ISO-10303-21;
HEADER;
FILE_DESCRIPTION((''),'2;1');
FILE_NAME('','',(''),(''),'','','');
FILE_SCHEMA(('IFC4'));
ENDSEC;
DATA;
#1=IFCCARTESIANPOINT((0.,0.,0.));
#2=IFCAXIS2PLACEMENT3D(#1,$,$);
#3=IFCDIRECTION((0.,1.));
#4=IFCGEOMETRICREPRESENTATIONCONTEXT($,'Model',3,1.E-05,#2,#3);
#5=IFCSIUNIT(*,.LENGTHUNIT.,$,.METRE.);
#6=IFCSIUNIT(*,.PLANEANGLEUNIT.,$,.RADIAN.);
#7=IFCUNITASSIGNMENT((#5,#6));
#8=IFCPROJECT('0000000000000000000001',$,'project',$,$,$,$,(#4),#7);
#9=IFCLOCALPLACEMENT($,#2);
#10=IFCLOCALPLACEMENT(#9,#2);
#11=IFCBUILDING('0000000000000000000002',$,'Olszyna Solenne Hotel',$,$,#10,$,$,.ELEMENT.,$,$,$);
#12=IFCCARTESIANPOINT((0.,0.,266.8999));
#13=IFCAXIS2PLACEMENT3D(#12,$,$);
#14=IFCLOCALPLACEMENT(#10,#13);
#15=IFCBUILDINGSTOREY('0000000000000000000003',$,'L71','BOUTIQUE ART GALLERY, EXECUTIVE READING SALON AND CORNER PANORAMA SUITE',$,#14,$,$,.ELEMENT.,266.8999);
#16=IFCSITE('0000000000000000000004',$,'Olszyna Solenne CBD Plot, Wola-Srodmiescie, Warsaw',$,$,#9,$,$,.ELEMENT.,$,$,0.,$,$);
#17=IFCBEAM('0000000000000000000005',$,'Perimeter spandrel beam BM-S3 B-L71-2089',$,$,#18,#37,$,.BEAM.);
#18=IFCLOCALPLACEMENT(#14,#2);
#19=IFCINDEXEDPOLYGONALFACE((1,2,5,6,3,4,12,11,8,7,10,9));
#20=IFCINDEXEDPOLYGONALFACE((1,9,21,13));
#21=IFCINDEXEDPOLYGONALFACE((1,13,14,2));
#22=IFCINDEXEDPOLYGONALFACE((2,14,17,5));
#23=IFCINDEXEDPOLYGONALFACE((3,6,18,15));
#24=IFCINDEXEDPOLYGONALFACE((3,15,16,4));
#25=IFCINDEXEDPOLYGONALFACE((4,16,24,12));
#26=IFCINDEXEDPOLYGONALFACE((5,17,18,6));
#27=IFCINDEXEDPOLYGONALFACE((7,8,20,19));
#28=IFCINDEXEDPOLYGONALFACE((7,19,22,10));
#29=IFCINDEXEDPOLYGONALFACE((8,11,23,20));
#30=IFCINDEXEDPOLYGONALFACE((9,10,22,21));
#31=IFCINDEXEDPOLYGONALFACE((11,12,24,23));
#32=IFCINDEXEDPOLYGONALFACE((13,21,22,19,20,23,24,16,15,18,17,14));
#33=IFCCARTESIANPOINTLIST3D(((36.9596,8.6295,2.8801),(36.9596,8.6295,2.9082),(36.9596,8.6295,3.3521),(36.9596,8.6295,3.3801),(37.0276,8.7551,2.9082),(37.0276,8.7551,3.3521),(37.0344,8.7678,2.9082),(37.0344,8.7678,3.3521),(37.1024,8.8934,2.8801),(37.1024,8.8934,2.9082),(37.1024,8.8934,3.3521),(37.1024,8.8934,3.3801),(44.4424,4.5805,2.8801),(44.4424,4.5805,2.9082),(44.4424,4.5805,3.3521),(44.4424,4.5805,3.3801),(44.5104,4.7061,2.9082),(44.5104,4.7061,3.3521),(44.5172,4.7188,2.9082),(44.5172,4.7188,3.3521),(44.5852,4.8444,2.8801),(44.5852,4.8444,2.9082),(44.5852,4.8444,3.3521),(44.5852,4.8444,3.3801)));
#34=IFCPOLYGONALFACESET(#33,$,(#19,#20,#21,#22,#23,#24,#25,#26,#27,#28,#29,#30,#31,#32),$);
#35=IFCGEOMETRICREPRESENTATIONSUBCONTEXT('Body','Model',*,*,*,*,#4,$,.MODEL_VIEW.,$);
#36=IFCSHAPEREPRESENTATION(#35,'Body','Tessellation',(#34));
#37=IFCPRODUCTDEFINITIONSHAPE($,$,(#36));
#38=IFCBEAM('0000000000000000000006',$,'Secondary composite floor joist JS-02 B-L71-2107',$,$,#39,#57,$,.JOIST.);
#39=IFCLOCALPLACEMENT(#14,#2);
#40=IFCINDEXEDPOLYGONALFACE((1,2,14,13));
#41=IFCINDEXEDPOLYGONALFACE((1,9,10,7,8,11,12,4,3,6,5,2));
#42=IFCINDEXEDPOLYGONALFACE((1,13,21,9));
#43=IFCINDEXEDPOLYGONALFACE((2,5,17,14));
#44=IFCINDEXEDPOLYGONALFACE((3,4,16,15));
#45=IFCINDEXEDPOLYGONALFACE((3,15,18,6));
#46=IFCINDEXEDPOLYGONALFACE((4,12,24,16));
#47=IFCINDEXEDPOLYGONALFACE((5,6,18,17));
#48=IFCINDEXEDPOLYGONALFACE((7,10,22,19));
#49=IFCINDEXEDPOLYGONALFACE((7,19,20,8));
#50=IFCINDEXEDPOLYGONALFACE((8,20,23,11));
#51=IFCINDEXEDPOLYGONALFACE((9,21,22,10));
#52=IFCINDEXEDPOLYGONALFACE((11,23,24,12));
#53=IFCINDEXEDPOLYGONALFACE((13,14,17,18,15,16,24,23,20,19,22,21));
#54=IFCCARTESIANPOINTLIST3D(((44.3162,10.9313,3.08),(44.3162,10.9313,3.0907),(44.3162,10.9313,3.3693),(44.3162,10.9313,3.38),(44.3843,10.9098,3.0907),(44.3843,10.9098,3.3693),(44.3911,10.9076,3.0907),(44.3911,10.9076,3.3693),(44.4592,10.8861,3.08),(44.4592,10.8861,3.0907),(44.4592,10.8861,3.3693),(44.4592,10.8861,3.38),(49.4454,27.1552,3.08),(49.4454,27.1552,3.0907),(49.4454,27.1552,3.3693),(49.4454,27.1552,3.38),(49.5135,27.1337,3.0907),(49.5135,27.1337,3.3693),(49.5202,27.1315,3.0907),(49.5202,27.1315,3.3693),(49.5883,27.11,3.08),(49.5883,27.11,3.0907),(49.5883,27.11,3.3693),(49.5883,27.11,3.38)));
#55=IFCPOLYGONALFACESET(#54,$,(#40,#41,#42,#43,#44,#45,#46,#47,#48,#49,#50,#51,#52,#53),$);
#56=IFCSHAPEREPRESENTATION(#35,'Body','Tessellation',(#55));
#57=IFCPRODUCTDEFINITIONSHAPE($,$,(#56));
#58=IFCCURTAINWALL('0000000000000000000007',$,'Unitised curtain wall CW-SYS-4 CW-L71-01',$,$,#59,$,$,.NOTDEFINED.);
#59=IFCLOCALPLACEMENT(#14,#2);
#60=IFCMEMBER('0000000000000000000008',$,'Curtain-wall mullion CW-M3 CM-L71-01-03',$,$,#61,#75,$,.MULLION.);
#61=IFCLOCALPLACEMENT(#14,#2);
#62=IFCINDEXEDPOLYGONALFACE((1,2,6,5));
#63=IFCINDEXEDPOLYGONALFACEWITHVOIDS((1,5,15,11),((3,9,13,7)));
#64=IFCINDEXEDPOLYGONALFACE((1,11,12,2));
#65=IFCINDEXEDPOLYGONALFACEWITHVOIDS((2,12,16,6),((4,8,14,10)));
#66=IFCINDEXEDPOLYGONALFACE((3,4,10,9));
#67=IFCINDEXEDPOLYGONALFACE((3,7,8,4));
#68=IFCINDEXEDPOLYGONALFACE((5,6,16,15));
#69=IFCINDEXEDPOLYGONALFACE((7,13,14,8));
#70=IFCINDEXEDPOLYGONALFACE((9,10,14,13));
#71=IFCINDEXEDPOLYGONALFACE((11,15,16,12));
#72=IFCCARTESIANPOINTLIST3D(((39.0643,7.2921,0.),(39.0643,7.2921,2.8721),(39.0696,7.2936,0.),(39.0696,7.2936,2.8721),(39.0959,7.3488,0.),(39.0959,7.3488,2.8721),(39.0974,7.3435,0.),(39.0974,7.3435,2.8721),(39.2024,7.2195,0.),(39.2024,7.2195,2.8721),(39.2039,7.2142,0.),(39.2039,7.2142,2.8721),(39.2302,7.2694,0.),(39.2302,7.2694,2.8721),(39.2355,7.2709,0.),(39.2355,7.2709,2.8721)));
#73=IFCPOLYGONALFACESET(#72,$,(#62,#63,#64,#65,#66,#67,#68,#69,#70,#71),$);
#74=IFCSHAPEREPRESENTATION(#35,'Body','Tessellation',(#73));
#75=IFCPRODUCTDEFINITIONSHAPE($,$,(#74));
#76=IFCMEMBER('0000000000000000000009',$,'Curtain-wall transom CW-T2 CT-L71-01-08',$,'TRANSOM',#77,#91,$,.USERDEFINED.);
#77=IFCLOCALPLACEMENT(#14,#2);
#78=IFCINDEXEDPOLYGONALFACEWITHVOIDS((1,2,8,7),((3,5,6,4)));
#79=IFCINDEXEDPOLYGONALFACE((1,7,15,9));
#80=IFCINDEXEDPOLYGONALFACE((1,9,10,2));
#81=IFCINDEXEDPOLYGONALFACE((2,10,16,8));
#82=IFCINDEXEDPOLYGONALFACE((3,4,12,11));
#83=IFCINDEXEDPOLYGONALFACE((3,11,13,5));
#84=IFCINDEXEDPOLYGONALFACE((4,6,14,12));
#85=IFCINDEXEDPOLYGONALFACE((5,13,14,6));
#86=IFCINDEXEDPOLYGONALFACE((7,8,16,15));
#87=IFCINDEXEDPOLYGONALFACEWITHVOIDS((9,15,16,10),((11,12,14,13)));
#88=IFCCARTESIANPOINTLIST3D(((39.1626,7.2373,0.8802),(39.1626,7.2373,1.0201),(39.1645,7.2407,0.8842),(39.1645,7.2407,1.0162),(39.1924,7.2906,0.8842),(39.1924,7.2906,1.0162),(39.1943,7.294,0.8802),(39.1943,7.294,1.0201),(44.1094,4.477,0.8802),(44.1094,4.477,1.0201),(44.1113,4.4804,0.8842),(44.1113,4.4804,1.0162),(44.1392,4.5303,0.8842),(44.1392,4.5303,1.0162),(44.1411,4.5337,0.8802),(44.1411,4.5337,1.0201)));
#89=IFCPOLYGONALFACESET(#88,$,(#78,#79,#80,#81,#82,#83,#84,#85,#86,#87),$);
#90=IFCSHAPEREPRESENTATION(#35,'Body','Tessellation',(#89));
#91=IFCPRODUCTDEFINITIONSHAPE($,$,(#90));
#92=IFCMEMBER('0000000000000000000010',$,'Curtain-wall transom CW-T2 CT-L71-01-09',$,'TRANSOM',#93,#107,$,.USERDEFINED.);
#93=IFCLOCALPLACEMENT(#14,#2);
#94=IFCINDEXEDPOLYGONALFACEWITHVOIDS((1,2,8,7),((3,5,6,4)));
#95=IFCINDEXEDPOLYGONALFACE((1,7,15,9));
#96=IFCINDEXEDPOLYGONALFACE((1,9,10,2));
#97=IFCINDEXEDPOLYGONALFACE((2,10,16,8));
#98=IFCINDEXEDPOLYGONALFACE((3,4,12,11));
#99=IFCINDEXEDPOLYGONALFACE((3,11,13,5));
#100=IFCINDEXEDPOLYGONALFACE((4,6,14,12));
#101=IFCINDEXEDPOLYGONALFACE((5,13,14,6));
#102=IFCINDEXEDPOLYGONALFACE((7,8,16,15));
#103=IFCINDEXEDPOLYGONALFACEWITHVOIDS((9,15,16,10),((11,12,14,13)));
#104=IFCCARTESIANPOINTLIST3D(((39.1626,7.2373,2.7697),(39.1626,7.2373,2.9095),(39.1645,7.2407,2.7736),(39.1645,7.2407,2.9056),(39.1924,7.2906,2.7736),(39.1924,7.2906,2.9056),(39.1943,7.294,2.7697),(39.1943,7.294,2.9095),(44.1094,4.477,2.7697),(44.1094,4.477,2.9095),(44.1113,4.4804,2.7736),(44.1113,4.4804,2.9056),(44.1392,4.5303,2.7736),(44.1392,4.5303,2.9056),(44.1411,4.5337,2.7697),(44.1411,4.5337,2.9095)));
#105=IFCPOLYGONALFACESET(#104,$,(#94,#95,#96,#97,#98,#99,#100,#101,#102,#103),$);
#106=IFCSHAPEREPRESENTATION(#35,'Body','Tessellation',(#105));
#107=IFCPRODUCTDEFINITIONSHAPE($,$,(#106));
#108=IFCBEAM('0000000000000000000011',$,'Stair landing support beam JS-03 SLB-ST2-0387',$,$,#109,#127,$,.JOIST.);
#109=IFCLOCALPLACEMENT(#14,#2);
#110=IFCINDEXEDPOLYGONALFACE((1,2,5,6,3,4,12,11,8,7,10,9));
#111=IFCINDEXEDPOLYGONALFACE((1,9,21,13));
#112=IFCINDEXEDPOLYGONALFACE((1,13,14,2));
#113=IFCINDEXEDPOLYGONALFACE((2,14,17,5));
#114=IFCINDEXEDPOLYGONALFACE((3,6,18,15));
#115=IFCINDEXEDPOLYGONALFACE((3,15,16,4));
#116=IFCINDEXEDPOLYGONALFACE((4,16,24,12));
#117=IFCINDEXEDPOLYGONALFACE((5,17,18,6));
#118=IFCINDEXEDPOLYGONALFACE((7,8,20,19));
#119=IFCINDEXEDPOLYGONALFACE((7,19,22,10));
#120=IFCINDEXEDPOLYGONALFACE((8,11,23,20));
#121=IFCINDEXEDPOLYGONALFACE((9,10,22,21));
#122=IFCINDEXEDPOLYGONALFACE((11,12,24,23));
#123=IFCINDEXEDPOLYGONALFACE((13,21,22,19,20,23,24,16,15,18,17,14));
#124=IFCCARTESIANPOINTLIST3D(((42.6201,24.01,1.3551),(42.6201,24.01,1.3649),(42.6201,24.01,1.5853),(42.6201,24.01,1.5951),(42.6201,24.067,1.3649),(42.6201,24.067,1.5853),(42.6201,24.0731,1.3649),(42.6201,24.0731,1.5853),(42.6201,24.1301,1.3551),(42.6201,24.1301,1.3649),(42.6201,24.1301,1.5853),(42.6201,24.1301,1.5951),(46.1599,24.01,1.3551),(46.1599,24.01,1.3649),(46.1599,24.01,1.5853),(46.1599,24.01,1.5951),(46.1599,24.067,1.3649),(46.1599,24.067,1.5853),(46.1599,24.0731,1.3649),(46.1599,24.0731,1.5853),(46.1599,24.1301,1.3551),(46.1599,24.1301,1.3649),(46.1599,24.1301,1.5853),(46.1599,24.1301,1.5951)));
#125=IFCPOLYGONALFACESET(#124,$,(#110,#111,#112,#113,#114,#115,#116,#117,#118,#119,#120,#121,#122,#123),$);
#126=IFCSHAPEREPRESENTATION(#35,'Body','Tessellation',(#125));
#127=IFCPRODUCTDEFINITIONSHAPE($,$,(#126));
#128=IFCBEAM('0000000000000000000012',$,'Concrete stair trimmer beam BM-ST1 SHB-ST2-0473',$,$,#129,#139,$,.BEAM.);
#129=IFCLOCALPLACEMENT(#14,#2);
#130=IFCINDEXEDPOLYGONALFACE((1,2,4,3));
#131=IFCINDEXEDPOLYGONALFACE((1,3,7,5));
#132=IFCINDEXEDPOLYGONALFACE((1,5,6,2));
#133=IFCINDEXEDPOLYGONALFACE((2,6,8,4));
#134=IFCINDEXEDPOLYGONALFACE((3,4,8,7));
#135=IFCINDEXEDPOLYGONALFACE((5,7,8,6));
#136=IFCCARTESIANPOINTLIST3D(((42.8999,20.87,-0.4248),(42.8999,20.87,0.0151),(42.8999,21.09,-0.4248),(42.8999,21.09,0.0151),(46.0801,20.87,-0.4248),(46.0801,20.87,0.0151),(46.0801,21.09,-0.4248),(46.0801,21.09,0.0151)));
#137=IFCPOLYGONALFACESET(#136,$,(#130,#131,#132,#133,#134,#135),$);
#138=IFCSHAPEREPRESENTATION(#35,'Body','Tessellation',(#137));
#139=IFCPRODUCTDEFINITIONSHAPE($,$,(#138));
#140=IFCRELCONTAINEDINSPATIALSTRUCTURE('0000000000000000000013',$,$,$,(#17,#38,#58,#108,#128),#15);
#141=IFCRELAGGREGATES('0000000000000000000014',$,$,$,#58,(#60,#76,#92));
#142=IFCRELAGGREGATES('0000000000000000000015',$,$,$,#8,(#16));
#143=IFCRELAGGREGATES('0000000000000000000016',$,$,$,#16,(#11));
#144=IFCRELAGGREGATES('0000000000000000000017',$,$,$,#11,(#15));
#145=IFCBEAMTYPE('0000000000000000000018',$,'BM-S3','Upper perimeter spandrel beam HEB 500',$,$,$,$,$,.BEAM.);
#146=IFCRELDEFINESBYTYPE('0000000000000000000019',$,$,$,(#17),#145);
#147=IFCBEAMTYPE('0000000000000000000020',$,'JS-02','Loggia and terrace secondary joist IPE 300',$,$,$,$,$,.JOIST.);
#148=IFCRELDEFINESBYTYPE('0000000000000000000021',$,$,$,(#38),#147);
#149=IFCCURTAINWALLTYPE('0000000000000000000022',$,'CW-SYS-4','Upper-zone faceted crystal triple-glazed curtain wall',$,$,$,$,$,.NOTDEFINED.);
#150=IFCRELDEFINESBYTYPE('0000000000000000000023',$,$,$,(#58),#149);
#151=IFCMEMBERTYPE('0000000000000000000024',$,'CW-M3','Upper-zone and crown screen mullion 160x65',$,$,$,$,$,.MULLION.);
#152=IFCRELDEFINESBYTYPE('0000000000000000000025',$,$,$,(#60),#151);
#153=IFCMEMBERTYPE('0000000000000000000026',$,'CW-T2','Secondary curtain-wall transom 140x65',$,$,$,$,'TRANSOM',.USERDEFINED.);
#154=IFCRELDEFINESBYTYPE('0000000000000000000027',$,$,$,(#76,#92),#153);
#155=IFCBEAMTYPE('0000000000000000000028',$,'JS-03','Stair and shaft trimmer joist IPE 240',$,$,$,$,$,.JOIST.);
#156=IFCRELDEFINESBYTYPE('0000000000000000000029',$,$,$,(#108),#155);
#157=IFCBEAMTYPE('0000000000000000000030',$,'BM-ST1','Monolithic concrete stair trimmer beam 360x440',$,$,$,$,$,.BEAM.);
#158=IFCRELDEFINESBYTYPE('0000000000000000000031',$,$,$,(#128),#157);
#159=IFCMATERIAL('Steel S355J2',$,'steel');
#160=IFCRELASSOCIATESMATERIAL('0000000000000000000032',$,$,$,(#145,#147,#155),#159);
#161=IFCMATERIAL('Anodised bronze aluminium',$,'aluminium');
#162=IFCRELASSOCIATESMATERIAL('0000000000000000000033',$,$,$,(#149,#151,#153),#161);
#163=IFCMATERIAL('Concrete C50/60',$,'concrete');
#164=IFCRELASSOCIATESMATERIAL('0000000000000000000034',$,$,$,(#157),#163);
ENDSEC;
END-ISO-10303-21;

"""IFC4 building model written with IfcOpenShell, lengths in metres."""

from ifc_helpers import new_model, si_unit, direction, frame, origin, origin_2d, place, context, subcontext, project, spatial, rectangle, hollow_rectangle, i_section, extrude, source, transform, mapped, material, material_profile, profile_set, type_object, element, aggregate, save


model = new_model("IFC4")

# Units and contexts
model_context = context("Model", 3, precision=1e-05, world=origin(), true_north=direction((0.0, 1.0)))
body_context = subcontext(model_context, "Body", "Model", "MODEL_VIEW")
ifc_project = project(units=[si_unit("LENGTHUNIT", "METRE"), si_unit("PLANEANGLEUNIT", "RADIAN")], contexts=[model_context])

# Site, building, storey
site_placement = place(None, origin())
site = spatial("IfcSite", under=ifc_project, at=site_placement, Name="Olszyna Solenne CBD Plot, Wola-Srodmiescie, Warsaw", CompositionType="ELEMENT", RefElevation=0.0)
building_placement = place(site_placement, origin())
building = spatial("IfcBuilding", under=site, at=building_placement, Name="Olszyna Solenne Hotel", CompositionType="ELEMENT")
storey_placement = place(building_placement, frame((0.0, 0.0, 266.8999)))
storey = spatial("IfcBuildingStorey", under=building, at=storey_placement, Name="L71", Description="BOUTIQUE ART GALLERY, EXECUTIVE READING SALON AND CORNER PANORAMA SUITE", CompositionType="ELEMENT", Elevation=266.8999)

# Beams
ifc_material_1 = material(Name="Steel S355J2", Category="steel")
ifc_material_profile_1 = material_profile(ifc_material_1, i_section(OverallWidth=0.3, OverallDepth=0.5, WebThickness=0.0144, FlangeThickness=0.0281, at=origin_2d()), Name="HEB 500", Category="load-bearing")
ifc_profile_set_1 = profile_set([ifc_material_profile_1], Name="Steel S355J2")
beam_type_1 = type_object("IfcBeamType", Name="BM-S3", Description="Upper perimeter spandrel beam HEB 500", PredefinedType="BEAM", material=ifc_profile_set_1)
shared_shape_1 = source(origin(), body_context, "Body", "SweptSolid", [
    extrude(i_section(OverallWidth=0.3, OverallDepth=0.5, WebThickness=0.0144, FlangeThickness=0.0281, at=origin_2d()), origin(), (0.0, 0.0, 1.0), 8.5081),
])
beam_1_placement = place(storey_placement, frame((37.031, 8.7615, 3.1301), z_axis=(0.879497, -0.475904, 0.0), x_axis=(0.475904, 0.879497, 0.0)))
element("IfcBeam", 1, at=beam_1_placement, inside=storey, type_object=beam_type_1, Name="Perimeter spandrel beam BM-S3 B-L71-2089", PredefinedType="BEAM", context=body_context, shape_type="MappedRepresentation", body=[
    mapped(shared_shape_1, transform((0.0, 0.0, 0.0), x_axis=(1.0, 0.0, 0.0), y_axis=(0.0, 1.0, 0.0), z_axis=(0.0, 0.0, 1.0), scale=1.0)),
])
ifc_material_profile_2 = material_profile(ifc_material_1, i_section(OverallWidth=0.1499, OverallDepth=0.3, WebThickness=0.0071, FlangeThickness=0.0107, at=origin_2d()), Name="IPE 300", Category="load-bearing")
ifc_profile_set_2 = profile_set([ifc_material_profile_2], Name="Steel S355J2")
beam_type_2 = type_object("IfcBeamType", Name="JS-02", Description="Loggia and terrace secondary joist IPE 300", PredefinedType="JOIST", material=ifc_profile_set_2)
shared_shape_2 = source(origin(), body_context, "Body", "SweptSolid", [
    extrude(i_section(OverallWidth=0.1499, OverallDepth=0.3, WebThickness=0.0071, FlangeThickness=0.0107, at=origin_2d()), origin(), (0.0, 0.0, 1.0), 17.0154),
])
beam_2_placement = place(storey_placement, frame((44.3877, 10.9087, 3.23), z_axis=(0.301442, 0.953484, 0.0), x_axis=(-0.953484, 0.301442, 0.0)))
element("IfcBeam", 2, at=beam_2_placement, inside=storey, type_object=beam_type_2, Name="Secondary composite floor joist JS-02 B-L71-2107", PredefinedType="JOIST", context=body_context, shape_type="MappedRepresentation", body=[
    mapped(shared_shape_2, transform((0.0, 0.0, 0.0), x_axis=(1.0, 0.0, 0.0), y_axis=(0.0, 1.0, 0.0), z_axis=(0.0, 0.0, 1.0), scale=1.0)),
])

# Curtain wall, members
ifc_material_2 = material(Name="Anodised bronze aluminium", Category="aluminium")
curtain_wall_type = type_object("IfcCurtainWallType", Name="CW-SYS-4", Description="Upper-zone faceted crystal triple-glazed curtain wall", PredefinedType="NOTDEFINED", material=ifc_material_2)
curtain_wall_placement = place(storey_placement, origin())
curtain_wall = element("IfcCurtainWall", 3, at=curtain_wall_placement, inside=storey, type_object=curtain_wall_type, Name="Unitised curtain wall CW-SYS-4 CW-L71-01", PredefinedType="NOTDEFINED")
ifc_material_profile_3 = material_profile(ifc_material_2, hollow_rectangle(XDim=0.0649, YDim=0.1599, WallThickness=0.0039, at=origin_2d()), Name="MULL 160x65x4", Category="load-bearing")
ifc_profile_set_3 = profile_set([ifc_material_profile_3], Name="Anodised bronze aluminium")
member_type_1 = type_object("IfcMemberType", Name="CW-M3", Description="Upper-zone and crown screen mullion 160x65", PredefinedType="MULLION", material=ifc_profile_set_3)
shared_shape_3 = source(origin(), body_context, "Body", "SweptSolid", [
    extrude(hollow_rectangle(XDim=0.0649, YDim=0.1599, WallThickness=0.0039, at=origin_2d()), origin(), (0.0, 0.0, 1.0), 2.8721),
])
member_1_placement = place(storey_placement, frame((39.1499, 7.2815, 0.0), z_axis=(0.0, 0.0, 1.0), x_axis=(0.487246, 0.873265, 0.0)))
member_1 = element("IfcMember", 4, at=member_1_placement, type_object=member_type_1, Name="Curtain-wall mullion CW-M3 CM-L71-01-03", PredefinedType="MULLION", context=body_context, shape_type="MappedRepresentation", body=[
    mapped(shared_shape_3, transform((0.0, 0.0, 0.0), x_axis=(1.0, 0.0, 0.0), y_axis=(0.0, 1.0, 0.0), z_axis=(0.0, 0.0, 1.0), scale=1.0)),
])
ifc_material_profile_4 = material_profile(ifc_material_2, hollow_rectangle(XDim=0.0649, YDim=0.1399, WallThickness=0.0039, at=origin_2d()), Name="TRAN 140x65x4", Category="load-bearing")
ifc_profile_set_4 = profile_set([ifc_material_profile_4], Name="Anodised bronze aluminium")
member_type_2 = type_object("IfcMemberType", Name="CW-T2", Description="Secondary curtain-wall transom 140x65", ElementType="TRANSOM", PredefinedType="USERDEFINED", material=ifc_profile_set_4)
shared_shape_4 = source(origin(), body_context, "Body", "SweptSolid", [
    extrude(hollow_rectangle(XDim=0.0649, YDim=0.1399, WallThickness=0.0039, at=origin_2d()), origin(), (0.0, 0.0, 1.0), 5.6648),
])
member_2_placement = place(storey_placement, frame((39.1785, 7.2656, 0.9502), z_axis=(0.873253, -0.487267, 0.0), x_axis=(0.487267, 0.873253, 0.0)))
member_2 = element("IfcMember", 5, at=member_2_placement, type_object=member_type_2, Name="Curtain-wall transom CW-T2 CT-L71-01-08", ObjectType="TRANSOM", PredefinedType="USERDEFINED", context=body_context, shape_type="MappedRepresentation", body=[
    mapped(shared_shape_4, transform((0.0, 0.0, 0.0), x_axis=(1.0, 0.0, 0.0), y_axis=(0.0, 1.0, 0.0), z_axis=(0.0, 0.0, 1.0), scale=1.0)),
])
member_3_placement = place(storey_placement, frame((39.1785, 7.2656, 2.8396), z_axis=(0.873253, -0.487267, 0.0), x_axis=(0.487267, 0.873253, 0.0)))
member_3 = element("IfcMember", 6, at=member_3_placement, type_object=member_type_2, Name="Curtain-wall transom CW-T2 CT-L71-01-09", ObjectType="TRANSOM", PredefinedType="USERDEFINED", context=body_context, shape_type="MappedRepresentation", body=[
    mapped(shared_shape_4, transform((0.0, 0.0, 0.0), x_axis=(1.0, 0.0, 0.0), y_axis=(0.0, 1.0, 0.0), z_axis=(0.0, 0.0, 1.0), scale=1.0)),
])
aggregate(curtain_wall, [member_1, member_2, member_3])

# Beams
ifc_material_profile_5 = material_profile(ifc_material_1, i_section(OverallWidth=0.1201, OverallDepth=0.24, WebThickness=0.0061, FlangeThickness=0.0098, at=origin_2d()), Name="IPE 240", Category="load-bearing")
ifc_profile_set_5 = profile_set([ifc_material_profile_5], Name="Steel S355J2")
beam_type_3 = type_object("IfcBeamType", Name="JS-03", Description="Stair and shaft trimmer joist IPE 240", PredefinedType="JOIST", material=ifc_profile_set_5)
shared_shape_5 = source(origin(), body_context, "Body", "SweptSolid", [
    extrude(i_section(OverallWidth=0.1201, OverallDepth=0.24, WebThickness=0.0061, FlangeThickness=0.0098, at=origin_2d()), origin(), (0.0, 0.0, 1.0), 3.5398),
])
beam_3_placement = place(storey_placement, frame((46.1599, 24.0701, 1.4751), z_axis=(-1.0, 0.0, 0.0), x_axis=(0.0, -1.0, 0.0)))
element("IfcBeam", 7, at=beam_3_placement, inside=storey, type_object=beam_type_3, Name="Stair landing support beam JS-03 SLB-ST2-0387", PredefinedType="JOIST", context=body_context, shape_type="MappedRepresentation", body=[
    mapped(shared_shape_5, transform((0.0, 0.0, 0.0), x_axis=(1.0, 0.0, 0.0), y_axis=(0.0, 1.0, 0.0), z_axis=(0.0, 0.0, 1.0), scale=1.0)),
])
ifc_material_3 = material(Name="Concrete C50/60", Category="concrete")
ifc_material_profile_6 = material_profile(ifc_material_3, rectangle(XDim=0.22, YDim=0.4399, at=origin_2d()), Name="RC 220x440", Category="load-bearing")
ifc_profile_set_6 = profile_set([ifc_material_profile_6], Name="Concrete C50/60")
beam_type_4 = type_object("IfcBeamType", Name="BM-ST1", Description="Monolithic concrete stair trimmer beam 360x440", PredefinedType="BEAM", material=ifc_profile_set_6)
shared_shape_6 = source(origin(), body_context, "Body", "SweptSolid", [
    extrude(rectangle(XDim=0.22, YDim=0.4399, at=origin_2d()), origin(), (0.0, 0.0, 1.0), 3.1802),
])
beam_4_placement = place(storey_placement, frame((46.0801, 20.98, -0.2048), z_axis=(-1.0, 0.0, 0.0), x_axis=(0.0, -1.0, 0.0)))
element("IfcBeam", 8, at=beam_4_placement, inside=storey, type_object=beam_type_4, Name="Concrete stair trimmer beam BM-ST1 SHB-ST2-0473", PredefinedType="BEAM", context=body_context, shape_type="MappedRepresentation", body=[
    mapped(shared_shape_6, transform((0.0, 0.0, 0.0), x_axis=(1.0, 0.0, 0.0), y_axis=(0.0, 1.0, 0.0), z_axis=(0.0, 0.0, 1.0), scale=1.0)),
])

save(model, "model.ifc")
